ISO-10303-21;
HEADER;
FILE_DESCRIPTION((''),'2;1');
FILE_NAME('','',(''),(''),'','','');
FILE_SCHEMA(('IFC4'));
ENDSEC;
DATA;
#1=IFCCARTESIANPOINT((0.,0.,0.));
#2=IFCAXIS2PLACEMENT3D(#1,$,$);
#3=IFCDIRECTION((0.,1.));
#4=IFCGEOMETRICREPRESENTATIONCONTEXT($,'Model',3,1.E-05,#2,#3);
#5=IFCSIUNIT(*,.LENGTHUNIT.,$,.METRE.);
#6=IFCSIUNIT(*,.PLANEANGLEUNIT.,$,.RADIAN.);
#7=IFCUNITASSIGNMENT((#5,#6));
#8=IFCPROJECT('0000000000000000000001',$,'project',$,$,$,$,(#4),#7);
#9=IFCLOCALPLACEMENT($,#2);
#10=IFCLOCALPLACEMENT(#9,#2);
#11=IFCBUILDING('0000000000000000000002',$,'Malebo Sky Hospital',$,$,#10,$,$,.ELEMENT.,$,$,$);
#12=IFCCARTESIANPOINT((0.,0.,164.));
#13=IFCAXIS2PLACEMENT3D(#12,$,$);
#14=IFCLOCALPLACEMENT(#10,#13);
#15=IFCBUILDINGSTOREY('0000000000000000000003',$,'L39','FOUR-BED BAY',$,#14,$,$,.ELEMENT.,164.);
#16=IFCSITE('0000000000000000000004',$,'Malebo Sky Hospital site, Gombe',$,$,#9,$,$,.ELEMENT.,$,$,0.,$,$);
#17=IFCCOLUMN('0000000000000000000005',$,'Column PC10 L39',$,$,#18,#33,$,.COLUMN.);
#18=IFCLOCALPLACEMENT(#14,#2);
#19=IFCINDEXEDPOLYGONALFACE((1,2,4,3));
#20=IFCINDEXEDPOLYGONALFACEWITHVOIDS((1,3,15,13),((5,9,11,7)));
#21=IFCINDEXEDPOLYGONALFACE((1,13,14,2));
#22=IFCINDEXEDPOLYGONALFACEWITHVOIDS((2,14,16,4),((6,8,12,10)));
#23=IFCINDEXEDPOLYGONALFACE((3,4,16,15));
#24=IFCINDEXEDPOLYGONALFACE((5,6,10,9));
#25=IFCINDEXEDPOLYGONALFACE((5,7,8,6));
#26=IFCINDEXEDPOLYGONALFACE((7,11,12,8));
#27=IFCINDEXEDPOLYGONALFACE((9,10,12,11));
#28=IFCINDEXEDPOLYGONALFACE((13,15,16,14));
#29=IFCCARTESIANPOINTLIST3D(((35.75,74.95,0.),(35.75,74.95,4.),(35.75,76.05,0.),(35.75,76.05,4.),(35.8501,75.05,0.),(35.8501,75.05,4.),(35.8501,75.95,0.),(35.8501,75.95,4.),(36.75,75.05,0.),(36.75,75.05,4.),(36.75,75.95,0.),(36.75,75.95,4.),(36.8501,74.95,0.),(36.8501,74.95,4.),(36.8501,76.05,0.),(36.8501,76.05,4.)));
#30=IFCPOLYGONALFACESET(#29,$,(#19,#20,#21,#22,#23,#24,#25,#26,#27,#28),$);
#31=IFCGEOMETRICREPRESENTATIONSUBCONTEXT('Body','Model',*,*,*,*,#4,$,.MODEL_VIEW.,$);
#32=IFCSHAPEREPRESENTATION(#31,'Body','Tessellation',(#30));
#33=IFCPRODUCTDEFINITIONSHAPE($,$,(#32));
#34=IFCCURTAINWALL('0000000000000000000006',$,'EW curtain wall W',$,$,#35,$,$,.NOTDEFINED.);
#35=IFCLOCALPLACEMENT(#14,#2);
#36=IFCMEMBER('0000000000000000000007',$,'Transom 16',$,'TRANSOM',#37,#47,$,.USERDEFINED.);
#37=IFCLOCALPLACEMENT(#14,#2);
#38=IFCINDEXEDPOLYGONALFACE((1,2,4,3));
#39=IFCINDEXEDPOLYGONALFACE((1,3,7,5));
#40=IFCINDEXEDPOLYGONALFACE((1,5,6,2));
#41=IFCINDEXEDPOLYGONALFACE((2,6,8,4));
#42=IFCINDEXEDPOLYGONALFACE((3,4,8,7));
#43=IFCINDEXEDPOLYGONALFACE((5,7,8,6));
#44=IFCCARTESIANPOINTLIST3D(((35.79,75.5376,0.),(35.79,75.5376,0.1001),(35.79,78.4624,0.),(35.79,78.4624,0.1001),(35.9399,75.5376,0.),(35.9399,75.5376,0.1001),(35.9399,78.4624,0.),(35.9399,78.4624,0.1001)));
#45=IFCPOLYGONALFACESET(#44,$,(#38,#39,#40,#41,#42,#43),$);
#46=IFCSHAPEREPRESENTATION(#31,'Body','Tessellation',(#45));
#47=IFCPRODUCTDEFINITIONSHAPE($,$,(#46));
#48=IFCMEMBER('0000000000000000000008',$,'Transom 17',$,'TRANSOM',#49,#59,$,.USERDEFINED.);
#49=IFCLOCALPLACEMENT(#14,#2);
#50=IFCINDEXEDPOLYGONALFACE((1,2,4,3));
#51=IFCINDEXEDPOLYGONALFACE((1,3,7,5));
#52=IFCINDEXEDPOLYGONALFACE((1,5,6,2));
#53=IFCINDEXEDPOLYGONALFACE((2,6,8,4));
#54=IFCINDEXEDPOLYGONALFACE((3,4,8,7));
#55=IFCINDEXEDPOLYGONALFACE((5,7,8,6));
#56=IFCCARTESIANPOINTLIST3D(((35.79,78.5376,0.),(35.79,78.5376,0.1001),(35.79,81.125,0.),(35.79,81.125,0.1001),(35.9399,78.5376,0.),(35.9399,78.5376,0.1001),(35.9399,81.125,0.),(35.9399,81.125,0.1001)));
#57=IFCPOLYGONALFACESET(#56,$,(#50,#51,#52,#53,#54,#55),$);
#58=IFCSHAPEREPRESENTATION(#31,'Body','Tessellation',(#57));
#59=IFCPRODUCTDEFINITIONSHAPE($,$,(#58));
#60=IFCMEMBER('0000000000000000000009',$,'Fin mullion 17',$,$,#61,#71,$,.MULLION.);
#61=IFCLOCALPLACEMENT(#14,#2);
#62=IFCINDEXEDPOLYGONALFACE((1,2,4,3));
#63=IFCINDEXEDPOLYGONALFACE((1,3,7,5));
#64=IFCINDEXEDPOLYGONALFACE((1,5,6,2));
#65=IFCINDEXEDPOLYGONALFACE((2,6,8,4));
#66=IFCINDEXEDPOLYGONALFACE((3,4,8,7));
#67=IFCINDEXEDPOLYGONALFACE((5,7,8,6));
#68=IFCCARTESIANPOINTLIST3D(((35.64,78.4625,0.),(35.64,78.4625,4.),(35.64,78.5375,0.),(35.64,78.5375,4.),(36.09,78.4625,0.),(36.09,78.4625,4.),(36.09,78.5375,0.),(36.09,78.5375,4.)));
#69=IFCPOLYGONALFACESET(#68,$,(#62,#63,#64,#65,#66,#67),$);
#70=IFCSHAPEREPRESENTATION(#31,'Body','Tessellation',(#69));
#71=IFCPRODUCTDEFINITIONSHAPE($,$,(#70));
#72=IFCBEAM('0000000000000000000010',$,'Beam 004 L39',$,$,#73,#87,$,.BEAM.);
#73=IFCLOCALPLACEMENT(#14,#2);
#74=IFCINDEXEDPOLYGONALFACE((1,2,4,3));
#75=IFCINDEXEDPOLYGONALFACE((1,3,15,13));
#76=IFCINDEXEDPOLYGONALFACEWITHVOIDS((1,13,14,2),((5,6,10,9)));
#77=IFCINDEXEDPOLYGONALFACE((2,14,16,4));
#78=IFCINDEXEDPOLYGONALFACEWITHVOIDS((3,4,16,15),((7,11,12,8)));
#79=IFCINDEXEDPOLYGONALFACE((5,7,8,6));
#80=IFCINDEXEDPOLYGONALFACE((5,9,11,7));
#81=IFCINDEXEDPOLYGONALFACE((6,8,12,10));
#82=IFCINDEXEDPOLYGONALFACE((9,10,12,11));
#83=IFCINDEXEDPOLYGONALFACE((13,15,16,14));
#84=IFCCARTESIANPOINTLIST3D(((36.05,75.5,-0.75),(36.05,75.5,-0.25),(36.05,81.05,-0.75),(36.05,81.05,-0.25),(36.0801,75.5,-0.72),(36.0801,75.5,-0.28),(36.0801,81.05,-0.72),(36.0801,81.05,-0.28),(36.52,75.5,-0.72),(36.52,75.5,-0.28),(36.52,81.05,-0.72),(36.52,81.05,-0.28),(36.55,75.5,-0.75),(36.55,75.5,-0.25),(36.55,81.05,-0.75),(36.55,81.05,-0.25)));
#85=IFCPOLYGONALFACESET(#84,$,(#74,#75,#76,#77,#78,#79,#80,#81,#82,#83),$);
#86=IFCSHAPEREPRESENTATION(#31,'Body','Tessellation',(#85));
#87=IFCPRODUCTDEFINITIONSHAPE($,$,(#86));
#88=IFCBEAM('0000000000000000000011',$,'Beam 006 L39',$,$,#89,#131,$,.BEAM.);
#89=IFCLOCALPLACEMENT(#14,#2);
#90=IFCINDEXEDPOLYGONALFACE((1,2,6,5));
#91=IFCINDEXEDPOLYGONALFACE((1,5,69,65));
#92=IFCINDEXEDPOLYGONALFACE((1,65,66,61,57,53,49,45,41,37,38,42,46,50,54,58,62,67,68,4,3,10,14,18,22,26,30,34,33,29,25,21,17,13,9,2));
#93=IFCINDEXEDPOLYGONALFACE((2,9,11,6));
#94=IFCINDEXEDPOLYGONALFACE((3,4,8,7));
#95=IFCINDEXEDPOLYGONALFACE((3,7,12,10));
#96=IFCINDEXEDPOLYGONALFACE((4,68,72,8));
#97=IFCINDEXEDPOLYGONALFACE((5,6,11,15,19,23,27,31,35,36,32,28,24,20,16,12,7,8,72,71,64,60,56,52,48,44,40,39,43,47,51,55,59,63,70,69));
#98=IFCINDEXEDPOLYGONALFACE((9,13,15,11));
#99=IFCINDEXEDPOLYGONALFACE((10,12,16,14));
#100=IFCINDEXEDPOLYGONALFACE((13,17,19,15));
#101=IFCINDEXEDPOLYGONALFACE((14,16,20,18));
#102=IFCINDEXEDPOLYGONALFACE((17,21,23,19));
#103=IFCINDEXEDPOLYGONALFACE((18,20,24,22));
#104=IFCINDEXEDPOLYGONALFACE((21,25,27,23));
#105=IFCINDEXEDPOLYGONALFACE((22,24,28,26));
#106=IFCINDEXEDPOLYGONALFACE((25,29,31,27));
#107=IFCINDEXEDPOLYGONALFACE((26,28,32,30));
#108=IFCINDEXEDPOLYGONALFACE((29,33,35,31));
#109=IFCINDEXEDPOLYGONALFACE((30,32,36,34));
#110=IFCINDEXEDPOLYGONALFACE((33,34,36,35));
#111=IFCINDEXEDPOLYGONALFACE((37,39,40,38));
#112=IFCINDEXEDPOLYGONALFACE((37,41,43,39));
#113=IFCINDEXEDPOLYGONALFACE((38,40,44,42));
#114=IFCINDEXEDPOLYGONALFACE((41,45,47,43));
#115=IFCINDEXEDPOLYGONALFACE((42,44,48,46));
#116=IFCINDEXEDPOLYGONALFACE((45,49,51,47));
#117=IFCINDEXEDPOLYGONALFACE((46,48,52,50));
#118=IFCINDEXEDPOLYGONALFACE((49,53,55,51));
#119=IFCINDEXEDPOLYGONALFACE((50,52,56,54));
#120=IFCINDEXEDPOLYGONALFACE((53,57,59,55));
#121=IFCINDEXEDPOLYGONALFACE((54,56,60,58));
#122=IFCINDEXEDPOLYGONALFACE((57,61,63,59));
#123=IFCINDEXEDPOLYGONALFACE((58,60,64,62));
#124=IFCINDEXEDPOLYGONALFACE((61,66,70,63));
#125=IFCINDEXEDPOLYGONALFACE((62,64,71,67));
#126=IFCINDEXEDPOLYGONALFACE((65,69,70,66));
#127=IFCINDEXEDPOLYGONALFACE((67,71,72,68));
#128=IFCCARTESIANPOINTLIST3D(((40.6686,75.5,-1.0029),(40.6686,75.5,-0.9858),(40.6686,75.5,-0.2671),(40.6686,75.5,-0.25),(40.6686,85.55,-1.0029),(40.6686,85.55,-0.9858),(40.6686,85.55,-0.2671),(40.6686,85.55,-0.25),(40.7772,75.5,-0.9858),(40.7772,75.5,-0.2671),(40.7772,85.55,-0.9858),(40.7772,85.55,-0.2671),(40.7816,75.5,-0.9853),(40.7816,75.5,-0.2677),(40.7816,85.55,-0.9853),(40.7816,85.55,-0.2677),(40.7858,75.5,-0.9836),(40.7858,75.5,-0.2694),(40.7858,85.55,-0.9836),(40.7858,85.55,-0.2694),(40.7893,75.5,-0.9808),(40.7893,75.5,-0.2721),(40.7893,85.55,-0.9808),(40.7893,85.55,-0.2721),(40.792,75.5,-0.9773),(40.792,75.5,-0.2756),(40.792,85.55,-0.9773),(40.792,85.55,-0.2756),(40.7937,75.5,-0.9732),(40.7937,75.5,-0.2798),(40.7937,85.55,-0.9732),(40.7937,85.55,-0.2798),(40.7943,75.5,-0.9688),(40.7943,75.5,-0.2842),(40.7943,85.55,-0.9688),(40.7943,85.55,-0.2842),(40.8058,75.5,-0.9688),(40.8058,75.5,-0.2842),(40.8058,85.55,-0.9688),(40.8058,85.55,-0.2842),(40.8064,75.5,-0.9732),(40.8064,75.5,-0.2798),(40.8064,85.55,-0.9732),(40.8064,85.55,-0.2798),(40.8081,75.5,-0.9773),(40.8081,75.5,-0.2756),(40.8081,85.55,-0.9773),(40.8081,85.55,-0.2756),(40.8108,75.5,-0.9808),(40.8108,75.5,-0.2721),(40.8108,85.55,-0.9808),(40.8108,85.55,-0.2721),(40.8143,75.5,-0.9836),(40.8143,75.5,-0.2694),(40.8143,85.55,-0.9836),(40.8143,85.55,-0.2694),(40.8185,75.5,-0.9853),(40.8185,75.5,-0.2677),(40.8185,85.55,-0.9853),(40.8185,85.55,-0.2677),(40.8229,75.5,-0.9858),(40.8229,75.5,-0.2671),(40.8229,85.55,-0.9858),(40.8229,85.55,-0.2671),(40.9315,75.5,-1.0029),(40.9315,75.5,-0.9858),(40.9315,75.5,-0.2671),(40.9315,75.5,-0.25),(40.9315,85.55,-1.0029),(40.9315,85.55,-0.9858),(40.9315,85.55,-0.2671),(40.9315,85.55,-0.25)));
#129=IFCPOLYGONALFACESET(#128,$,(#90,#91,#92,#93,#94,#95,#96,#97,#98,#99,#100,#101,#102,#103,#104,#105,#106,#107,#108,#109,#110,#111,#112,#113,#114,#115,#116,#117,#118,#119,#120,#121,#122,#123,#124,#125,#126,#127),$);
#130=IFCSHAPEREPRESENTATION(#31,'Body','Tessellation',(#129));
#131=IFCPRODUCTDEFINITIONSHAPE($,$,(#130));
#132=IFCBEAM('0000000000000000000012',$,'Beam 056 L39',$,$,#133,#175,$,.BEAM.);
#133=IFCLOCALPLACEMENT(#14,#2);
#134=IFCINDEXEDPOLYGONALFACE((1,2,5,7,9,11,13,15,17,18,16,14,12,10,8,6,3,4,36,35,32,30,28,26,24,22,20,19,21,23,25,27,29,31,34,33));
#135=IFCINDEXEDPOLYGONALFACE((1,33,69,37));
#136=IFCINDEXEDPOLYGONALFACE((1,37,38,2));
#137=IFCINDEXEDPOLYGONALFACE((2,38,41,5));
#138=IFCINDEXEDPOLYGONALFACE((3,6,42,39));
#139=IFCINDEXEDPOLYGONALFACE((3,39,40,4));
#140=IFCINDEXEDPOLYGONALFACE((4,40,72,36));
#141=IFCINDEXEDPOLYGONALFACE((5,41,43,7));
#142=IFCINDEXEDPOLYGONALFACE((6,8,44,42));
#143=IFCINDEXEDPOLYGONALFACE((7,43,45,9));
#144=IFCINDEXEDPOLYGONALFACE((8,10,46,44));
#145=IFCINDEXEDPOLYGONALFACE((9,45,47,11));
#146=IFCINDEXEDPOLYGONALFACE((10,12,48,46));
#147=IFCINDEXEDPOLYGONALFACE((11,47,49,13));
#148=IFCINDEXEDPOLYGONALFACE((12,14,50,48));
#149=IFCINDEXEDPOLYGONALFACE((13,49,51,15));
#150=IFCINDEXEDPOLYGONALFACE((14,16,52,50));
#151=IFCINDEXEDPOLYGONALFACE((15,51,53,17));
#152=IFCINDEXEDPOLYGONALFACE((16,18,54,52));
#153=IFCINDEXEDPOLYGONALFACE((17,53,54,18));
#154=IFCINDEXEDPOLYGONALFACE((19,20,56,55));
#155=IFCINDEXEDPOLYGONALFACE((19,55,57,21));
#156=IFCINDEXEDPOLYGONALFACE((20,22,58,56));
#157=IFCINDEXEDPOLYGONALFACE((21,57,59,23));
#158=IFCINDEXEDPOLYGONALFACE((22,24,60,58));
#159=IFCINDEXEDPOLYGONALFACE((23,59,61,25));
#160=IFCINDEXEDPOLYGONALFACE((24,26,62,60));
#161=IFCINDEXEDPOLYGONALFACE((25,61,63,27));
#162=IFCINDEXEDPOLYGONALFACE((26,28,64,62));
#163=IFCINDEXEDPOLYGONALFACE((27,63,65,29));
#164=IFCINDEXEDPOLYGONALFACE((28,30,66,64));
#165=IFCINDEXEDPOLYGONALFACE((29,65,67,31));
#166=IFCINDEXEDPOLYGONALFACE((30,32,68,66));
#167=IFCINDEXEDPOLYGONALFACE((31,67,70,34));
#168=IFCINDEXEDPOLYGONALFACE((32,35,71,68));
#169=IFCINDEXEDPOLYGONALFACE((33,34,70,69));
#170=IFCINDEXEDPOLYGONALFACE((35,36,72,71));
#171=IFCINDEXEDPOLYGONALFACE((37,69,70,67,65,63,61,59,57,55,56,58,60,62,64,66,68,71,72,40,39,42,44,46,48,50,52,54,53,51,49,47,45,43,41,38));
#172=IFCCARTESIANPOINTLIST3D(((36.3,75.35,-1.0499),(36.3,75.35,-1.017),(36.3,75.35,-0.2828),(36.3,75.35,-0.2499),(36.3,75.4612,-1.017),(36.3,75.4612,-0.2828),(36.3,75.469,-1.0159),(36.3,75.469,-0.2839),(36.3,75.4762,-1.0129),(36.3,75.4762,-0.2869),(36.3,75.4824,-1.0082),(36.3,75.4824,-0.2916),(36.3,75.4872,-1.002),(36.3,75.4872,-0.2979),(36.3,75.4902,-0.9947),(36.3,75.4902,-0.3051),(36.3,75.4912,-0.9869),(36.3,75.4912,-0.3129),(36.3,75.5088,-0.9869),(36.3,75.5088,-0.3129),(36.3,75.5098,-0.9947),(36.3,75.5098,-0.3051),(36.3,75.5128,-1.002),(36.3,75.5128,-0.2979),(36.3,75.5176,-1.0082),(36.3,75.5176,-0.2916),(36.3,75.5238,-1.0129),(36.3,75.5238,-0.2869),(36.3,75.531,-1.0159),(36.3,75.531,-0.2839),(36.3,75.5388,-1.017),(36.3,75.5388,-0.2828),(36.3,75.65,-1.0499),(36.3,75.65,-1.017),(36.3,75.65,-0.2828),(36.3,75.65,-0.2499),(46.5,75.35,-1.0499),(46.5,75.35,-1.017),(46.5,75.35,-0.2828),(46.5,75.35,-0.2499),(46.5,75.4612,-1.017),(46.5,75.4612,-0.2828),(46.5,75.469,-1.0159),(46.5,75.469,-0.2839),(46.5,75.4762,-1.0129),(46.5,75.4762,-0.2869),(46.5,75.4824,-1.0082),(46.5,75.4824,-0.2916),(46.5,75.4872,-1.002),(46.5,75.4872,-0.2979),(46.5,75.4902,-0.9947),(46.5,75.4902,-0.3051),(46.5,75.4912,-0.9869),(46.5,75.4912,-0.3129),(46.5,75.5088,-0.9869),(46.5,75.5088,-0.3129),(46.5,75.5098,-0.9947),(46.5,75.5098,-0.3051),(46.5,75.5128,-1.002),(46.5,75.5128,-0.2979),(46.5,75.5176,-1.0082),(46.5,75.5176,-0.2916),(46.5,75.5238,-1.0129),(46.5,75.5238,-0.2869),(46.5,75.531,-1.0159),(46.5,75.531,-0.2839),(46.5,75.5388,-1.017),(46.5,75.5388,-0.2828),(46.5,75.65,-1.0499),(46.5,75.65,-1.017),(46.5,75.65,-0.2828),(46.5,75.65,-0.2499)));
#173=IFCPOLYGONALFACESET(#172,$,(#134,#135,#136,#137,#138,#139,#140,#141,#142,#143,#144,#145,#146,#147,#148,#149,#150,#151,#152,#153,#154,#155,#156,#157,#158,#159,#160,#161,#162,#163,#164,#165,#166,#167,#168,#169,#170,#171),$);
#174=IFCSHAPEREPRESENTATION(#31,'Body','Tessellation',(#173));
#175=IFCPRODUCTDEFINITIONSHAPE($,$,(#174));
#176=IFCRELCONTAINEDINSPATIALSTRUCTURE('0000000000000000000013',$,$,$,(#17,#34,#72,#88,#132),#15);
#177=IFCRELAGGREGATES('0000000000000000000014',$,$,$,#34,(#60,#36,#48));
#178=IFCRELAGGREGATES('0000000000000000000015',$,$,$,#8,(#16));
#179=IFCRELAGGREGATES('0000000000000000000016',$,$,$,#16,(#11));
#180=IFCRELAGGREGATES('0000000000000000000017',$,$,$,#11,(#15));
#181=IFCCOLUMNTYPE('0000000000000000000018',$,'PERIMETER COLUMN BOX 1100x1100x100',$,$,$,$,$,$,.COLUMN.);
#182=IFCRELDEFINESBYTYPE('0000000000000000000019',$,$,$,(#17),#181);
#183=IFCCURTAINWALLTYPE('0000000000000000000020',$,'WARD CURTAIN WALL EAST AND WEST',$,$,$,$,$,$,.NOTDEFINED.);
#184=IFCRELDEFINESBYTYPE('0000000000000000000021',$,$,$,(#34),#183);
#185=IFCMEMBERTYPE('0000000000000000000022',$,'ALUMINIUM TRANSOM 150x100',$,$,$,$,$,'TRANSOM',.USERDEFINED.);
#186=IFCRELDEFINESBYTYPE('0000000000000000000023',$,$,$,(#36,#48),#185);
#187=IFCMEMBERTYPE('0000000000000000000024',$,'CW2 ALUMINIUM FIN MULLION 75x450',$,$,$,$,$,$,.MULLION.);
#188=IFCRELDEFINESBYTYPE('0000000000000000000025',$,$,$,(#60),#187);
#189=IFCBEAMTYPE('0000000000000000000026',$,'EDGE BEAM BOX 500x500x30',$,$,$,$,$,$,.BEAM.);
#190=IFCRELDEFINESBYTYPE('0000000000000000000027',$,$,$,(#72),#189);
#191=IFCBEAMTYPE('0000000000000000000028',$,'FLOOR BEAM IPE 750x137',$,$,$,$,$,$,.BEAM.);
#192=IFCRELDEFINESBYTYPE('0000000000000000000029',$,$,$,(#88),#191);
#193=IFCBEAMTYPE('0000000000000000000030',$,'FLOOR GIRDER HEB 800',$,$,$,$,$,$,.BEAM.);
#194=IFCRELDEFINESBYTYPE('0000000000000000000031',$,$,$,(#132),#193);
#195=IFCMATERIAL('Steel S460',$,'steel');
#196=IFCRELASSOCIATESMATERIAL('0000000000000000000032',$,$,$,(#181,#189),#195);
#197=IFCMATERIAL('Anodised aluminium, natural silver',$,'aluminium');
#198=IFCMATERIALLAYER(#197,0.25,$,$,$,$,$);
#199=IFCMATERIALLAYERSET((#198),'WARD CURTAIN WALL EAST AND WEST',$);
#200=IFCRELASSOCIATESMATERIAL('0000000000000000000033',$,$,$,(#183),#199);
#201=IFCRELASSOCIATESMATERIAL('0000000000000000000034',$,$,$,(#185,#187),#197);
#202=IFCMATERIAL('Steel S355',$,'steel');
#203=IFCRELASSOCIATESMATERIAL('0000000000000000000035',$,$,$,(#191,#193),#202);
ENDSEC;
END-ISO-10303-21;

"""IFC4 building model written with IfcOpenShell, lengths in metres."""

from ifc_helpers import new_model, si_unit, direction, frame, origin, origin_2d, place, context, subcontext, project, spatial, rectangle, hollow_rectangle, i_section, extrude, material, layer, layer_set, material_profile, profile_set, type_object, element, aggregate, save


model = new_model("IFC4")

# Units and contexts
model_context = context("Model", 3, precision=1e-05, world=origin(), true_north=direction((0.0, 1.0)))
body_context = subcontext(model_context, "Body", "Model", "MODEL_VIEW")
ifc_project = project(units=[si_unit("LENGTHUNIT", "METRE"), si_unit("PLANEANGLEUNIT", "RADIAN")], contexts=[model_context])

# Site, building, storey
site_placement = place(None, origin())
site = spatial("IfcSite", under=ifc_project, at=site_placement, Name="Malebo Sky Hospital site, Gombe", CompositionType="ELEMENT", RefElevation=0.0)
building_placement = place(site_placement, origin())
building = spatial("IfcBuilding", under=site, at=building_placement, Name="Malebo Sky Hospital", CompositionType="ELEMENT")
storey_placement = place(building_placement, frame((0.0, 0.0, 164.0)))
storey = spatial("IfcBuildingStorey", under=building, at=storey_placement, Name="L39", Description="FOUR-BED BAY", CompositionType="ELEMENT", Elevation=164.0)

# Column
ifc_material_1 = material(Name="Steel S460", Category="steel")
ifc_material_profile_1 = material_profile(ifc_material_1, hollow_rectangle(XDim=1.1001, YDim=1.1001, WallThickness=0.1001, at=origin_2d()), Name="BOX 1100x1100x100")
ifc_profile_set_1 = profile_set([ifc_material_profile_1], Name="Steel S460")
column_type = type_object("IfcColumnType", Name="PERIMETER COLUMN BOX 1100x1100x100", PredefinedType="COLUMN", material=ifc_profile_set_1)
column_placement = place(storey_placement, frame((36.3, 75.5, 0.0), z_axis=(0.0, 0.0, 1.0), x_axis=(1.0, 0.0, 0.0)))
element("IfcColumn", 1, at=column_placement, inside=storey, type_object=column_type, Name="Column PC10 L39", PredefinedType="COLUMN", context=body_context, shape_type="SweptSolid", body=[
    extrude(hollow_rectangle(XDim=1.1001, YDim=1.1001, WallThickness=0.1001, at=origin_2d()), origin(), (0.0, 0.0, 1.0), 4.0),
])

# Curtain wall, members
ifc_material_2 = material(Name="Anodised aluminium, natural silver", Category="aluminium")
ifc_layer_1 = layer(ifc_material_2, 0.25)
ifc_layer_set_1 = layer_set([ifc_layer_1], Name="WARD CURTAIN WALL EAST AND WEST")
curtain_wall_type = type_object("IfcCurtainWallType", Name="WARD CURTAIN WALL EAST AND WEST", PredefinedType="NOTDEFINED", material=ifc_layer_set_1)
curtain_wall_placement = place(storey_placement, origin())
curtain_wall = element("IfcCurtainWall", 2, at=curtain_wall_placement, inside=storey, type_object=curtain_wall_type, Name="EW curtain wall W", PredefinedType="NOTDEFINED")
ifc_material_profile_2 = material_profile(ifc_material_2, rectangle(XDim=0.1499, YDim=0.1001, at=origin_2d()), Name="ALUMINIUM TRANSOM 150x100")
ifc_profile_set_2 = profile_set([ifc_material_profile_2], Name="Anodised aluminium, natural silver")
member_type_1 = type_object("IfcMemberType", Name="ALUMINIUM TRANSOM 150x100", ElementType="TRANSOM", PredefinedType="USERDEFINED", material=ifc_profile_set_2)
member_1_placement = place(storey_placement, frame((35.865, 75.5376, 0.05), z_axis=(0.0, 1.0, 0.0), x_axis=(-1.0, 0.0, 0.0)))
member_1 = element("IfcMember", 3, at=member_1_placement, type_object=member_type_1, Name="Transom 16", ObjectType="TRANSOM", PredefinedType="USERDEFINED", context=body_context, shape_type="SweptSolid", body=[
    extrude(rectangle(XDim=0.1499, YDim=0.1001, at=origin_2d()), origin(), (0.0, 0.0, 1.0), 2.9248),
])
member_2_placement = place(storey_placement, frame((35.865, 78.5376, 0.05), z_axis=(0.0, 1.0, 0.0), x_axis=(-1.0, 0.0, 0.0)))
member_2 = element("IfcMember", 4, at=member_2_placement, type_object=member_type_1, Name="Transom 17", ObjectType="TRANSOM", PredefinedType="USERDEFINED", context=body_context, shape_type="SweptSolid", body=[
    extrude(rectangle(XDim=0.1499, YDim=0.1001, at=origin_2d()), origin(), (0.0, 0.0, 1.0), 2.5874),
])
ifc_material_profile_3 = material_profile(ifc_material_2, rectangle(XDim=0.075, YDim=0.45, at=origin_2d()), Name="CW2 ALUMINIUM FIN MULLION 75x450")
ifc_profile_set_3 = profile_set([ifc_material_profile_3], Name="Anodised aluminium, natural silver")
member_type_2 = type_object("IfcMemberType", Name="CW2 ALUMINIUM FIN MULLION 75x450", PredefinedType="MULLION", material=ifc_profile_set_3)
member_3_placement = place(storey_placement, frame((35.865, 78.5, 0.0), z_axis=(0.0, 0.0, 1.0), x_axis=(0.0, 1.0, 0.0)))
member_3 = element("IfcMember", 5, at=member_3_placement, type_object=member_type_2, Name="Fin mullion 17", PredefinedType="MULLION", context=body_context, shape_type="SweptSolid", body=[
    extrude(rectangle(XDim=0.075, YDim=0.45, at=origin_2d()), origin(), (0.0, 0.0, 1.0), 4.0),
])

# Beams
ifc_material_profile_4 = material_profile(ifc_material_1, hollow_rectangle(XDim=0.5, YDim=0.5, WallThickness=0.03, at=origin_2d()), Name="BOX 500x500x30")
ifc_profile_set_4 = profile_set([ifc_material_profile_4], Name="Steel S460")
beam_type_1 = type_object("IfcBeamType", Name="EDGE BEAM BOX 500x500x30", PredefinedType="BEAM", material=ifc_profile_set_4)
beam_1_placement = place(storey_placement, frame((36.3, 75.5, -0.5), z_axis=(0.0, 1.0, 0.0), x_axis=(-1.0, 0.0, 0.0)))
element("IfcBeam", 6, at=beam_1_placement, inside=storey, type_object=beam_type_1, Name="Beam 004 L39", PredefinedType="BEAM", context=body_context, shape_type="SweptSolid", body=[
    extrude(hollow_rectangle(XDim=0.5, YDim=0.5, WallThickness=0.03, at=origin_2d()), origin(), (0.0, 0.0, 1.0), 5.55),
])
ifc_material_3 = material(Name="Steel S355", Category="steel")
ifc_material_profile_5 = material_profile(ifc_material_3, i_section(OverallWidth=0.2629, OverallDepth=0.7529, WebThickness=0.0115, FlangeThickness=0.0171, FilletRadius=0.0171, at=origin_2d()), Name="IPE 750x137")
ifc_profile_set_5 = profile_set([ifc_material_profile_5], Name="Steel S355")
beam_type_2 = type_object("IfcBeamType", Name="FLOOR BEAM IPE 750x137", PredefinedType="BEAM", material=ifc_profile_set_5)
beam_2_placement = place(storey_placement, frame((40.8, 75.5, -0.6265), z_axis=(0.0, 1.0, 0.0), x_axis=(-1.0, 0.0, 0.0)))
element("IfcBeam", 7, at=beam_2_placement, inside=storey, type_object=beam_type_2, Name="Beam 006 L39", PredefinedType="BEAM", context=body_context, shape_type="SweptSolid", body=[
    extrude(i_section(OverallWidth=0.2629, OverallDepth=0.7529, WebThickness=0.0115, FlangeThickness=0.0171, FilletRadius=0.0171, at=origin_2d()), origin(), (0.0, 0.0, 1.0), 10.05),
])
ifc_material_profile_6 = material_profile(ifc_material_3, i_section(OverallWidth=0.3, OverallDepth=0.8, WebThickness=0.0176, FlangeThickness=0.033, FilletRadius=0.03, at=origin_2d()), Name="HEB 800")
ifc_profile_set_6 = profile_set([ifc_material_profile_6], Name="Steel S355")
beam_type_3 = type_object("IfcBeamType", Name="FLOOR GIRDER HEB 800", PredefinedType="BEAM", material=ifc_profile_set_6)
beam_3_placement = place(storey_placement, frame((36.3, 75.5, -0.6499), z_axis=(1.0, 0.0, 0.0), x_axis=(0.0, 1.0, 0.0)))
element("IfcBeam", 8, at=beam_3_placement, inside=storey, type_object=beam_type_3, Name="Beam 056 L39", PredefinedType="BEAM", context=body_context, shape_type="SweptSolid", body=[
    extrude(i_section(OverallWidth=0.3, OverallDepth=0.8, WebThickness=0.0176, FlangeThickness=0.033, FilletRadius=0.03, at=origin_2d()), origin(), (0.0, 0.0, 1.0), 10.2),
])

aggregate(curtain_wall, [member_3, member_1, member_2])

save(model, "model.ifc")
